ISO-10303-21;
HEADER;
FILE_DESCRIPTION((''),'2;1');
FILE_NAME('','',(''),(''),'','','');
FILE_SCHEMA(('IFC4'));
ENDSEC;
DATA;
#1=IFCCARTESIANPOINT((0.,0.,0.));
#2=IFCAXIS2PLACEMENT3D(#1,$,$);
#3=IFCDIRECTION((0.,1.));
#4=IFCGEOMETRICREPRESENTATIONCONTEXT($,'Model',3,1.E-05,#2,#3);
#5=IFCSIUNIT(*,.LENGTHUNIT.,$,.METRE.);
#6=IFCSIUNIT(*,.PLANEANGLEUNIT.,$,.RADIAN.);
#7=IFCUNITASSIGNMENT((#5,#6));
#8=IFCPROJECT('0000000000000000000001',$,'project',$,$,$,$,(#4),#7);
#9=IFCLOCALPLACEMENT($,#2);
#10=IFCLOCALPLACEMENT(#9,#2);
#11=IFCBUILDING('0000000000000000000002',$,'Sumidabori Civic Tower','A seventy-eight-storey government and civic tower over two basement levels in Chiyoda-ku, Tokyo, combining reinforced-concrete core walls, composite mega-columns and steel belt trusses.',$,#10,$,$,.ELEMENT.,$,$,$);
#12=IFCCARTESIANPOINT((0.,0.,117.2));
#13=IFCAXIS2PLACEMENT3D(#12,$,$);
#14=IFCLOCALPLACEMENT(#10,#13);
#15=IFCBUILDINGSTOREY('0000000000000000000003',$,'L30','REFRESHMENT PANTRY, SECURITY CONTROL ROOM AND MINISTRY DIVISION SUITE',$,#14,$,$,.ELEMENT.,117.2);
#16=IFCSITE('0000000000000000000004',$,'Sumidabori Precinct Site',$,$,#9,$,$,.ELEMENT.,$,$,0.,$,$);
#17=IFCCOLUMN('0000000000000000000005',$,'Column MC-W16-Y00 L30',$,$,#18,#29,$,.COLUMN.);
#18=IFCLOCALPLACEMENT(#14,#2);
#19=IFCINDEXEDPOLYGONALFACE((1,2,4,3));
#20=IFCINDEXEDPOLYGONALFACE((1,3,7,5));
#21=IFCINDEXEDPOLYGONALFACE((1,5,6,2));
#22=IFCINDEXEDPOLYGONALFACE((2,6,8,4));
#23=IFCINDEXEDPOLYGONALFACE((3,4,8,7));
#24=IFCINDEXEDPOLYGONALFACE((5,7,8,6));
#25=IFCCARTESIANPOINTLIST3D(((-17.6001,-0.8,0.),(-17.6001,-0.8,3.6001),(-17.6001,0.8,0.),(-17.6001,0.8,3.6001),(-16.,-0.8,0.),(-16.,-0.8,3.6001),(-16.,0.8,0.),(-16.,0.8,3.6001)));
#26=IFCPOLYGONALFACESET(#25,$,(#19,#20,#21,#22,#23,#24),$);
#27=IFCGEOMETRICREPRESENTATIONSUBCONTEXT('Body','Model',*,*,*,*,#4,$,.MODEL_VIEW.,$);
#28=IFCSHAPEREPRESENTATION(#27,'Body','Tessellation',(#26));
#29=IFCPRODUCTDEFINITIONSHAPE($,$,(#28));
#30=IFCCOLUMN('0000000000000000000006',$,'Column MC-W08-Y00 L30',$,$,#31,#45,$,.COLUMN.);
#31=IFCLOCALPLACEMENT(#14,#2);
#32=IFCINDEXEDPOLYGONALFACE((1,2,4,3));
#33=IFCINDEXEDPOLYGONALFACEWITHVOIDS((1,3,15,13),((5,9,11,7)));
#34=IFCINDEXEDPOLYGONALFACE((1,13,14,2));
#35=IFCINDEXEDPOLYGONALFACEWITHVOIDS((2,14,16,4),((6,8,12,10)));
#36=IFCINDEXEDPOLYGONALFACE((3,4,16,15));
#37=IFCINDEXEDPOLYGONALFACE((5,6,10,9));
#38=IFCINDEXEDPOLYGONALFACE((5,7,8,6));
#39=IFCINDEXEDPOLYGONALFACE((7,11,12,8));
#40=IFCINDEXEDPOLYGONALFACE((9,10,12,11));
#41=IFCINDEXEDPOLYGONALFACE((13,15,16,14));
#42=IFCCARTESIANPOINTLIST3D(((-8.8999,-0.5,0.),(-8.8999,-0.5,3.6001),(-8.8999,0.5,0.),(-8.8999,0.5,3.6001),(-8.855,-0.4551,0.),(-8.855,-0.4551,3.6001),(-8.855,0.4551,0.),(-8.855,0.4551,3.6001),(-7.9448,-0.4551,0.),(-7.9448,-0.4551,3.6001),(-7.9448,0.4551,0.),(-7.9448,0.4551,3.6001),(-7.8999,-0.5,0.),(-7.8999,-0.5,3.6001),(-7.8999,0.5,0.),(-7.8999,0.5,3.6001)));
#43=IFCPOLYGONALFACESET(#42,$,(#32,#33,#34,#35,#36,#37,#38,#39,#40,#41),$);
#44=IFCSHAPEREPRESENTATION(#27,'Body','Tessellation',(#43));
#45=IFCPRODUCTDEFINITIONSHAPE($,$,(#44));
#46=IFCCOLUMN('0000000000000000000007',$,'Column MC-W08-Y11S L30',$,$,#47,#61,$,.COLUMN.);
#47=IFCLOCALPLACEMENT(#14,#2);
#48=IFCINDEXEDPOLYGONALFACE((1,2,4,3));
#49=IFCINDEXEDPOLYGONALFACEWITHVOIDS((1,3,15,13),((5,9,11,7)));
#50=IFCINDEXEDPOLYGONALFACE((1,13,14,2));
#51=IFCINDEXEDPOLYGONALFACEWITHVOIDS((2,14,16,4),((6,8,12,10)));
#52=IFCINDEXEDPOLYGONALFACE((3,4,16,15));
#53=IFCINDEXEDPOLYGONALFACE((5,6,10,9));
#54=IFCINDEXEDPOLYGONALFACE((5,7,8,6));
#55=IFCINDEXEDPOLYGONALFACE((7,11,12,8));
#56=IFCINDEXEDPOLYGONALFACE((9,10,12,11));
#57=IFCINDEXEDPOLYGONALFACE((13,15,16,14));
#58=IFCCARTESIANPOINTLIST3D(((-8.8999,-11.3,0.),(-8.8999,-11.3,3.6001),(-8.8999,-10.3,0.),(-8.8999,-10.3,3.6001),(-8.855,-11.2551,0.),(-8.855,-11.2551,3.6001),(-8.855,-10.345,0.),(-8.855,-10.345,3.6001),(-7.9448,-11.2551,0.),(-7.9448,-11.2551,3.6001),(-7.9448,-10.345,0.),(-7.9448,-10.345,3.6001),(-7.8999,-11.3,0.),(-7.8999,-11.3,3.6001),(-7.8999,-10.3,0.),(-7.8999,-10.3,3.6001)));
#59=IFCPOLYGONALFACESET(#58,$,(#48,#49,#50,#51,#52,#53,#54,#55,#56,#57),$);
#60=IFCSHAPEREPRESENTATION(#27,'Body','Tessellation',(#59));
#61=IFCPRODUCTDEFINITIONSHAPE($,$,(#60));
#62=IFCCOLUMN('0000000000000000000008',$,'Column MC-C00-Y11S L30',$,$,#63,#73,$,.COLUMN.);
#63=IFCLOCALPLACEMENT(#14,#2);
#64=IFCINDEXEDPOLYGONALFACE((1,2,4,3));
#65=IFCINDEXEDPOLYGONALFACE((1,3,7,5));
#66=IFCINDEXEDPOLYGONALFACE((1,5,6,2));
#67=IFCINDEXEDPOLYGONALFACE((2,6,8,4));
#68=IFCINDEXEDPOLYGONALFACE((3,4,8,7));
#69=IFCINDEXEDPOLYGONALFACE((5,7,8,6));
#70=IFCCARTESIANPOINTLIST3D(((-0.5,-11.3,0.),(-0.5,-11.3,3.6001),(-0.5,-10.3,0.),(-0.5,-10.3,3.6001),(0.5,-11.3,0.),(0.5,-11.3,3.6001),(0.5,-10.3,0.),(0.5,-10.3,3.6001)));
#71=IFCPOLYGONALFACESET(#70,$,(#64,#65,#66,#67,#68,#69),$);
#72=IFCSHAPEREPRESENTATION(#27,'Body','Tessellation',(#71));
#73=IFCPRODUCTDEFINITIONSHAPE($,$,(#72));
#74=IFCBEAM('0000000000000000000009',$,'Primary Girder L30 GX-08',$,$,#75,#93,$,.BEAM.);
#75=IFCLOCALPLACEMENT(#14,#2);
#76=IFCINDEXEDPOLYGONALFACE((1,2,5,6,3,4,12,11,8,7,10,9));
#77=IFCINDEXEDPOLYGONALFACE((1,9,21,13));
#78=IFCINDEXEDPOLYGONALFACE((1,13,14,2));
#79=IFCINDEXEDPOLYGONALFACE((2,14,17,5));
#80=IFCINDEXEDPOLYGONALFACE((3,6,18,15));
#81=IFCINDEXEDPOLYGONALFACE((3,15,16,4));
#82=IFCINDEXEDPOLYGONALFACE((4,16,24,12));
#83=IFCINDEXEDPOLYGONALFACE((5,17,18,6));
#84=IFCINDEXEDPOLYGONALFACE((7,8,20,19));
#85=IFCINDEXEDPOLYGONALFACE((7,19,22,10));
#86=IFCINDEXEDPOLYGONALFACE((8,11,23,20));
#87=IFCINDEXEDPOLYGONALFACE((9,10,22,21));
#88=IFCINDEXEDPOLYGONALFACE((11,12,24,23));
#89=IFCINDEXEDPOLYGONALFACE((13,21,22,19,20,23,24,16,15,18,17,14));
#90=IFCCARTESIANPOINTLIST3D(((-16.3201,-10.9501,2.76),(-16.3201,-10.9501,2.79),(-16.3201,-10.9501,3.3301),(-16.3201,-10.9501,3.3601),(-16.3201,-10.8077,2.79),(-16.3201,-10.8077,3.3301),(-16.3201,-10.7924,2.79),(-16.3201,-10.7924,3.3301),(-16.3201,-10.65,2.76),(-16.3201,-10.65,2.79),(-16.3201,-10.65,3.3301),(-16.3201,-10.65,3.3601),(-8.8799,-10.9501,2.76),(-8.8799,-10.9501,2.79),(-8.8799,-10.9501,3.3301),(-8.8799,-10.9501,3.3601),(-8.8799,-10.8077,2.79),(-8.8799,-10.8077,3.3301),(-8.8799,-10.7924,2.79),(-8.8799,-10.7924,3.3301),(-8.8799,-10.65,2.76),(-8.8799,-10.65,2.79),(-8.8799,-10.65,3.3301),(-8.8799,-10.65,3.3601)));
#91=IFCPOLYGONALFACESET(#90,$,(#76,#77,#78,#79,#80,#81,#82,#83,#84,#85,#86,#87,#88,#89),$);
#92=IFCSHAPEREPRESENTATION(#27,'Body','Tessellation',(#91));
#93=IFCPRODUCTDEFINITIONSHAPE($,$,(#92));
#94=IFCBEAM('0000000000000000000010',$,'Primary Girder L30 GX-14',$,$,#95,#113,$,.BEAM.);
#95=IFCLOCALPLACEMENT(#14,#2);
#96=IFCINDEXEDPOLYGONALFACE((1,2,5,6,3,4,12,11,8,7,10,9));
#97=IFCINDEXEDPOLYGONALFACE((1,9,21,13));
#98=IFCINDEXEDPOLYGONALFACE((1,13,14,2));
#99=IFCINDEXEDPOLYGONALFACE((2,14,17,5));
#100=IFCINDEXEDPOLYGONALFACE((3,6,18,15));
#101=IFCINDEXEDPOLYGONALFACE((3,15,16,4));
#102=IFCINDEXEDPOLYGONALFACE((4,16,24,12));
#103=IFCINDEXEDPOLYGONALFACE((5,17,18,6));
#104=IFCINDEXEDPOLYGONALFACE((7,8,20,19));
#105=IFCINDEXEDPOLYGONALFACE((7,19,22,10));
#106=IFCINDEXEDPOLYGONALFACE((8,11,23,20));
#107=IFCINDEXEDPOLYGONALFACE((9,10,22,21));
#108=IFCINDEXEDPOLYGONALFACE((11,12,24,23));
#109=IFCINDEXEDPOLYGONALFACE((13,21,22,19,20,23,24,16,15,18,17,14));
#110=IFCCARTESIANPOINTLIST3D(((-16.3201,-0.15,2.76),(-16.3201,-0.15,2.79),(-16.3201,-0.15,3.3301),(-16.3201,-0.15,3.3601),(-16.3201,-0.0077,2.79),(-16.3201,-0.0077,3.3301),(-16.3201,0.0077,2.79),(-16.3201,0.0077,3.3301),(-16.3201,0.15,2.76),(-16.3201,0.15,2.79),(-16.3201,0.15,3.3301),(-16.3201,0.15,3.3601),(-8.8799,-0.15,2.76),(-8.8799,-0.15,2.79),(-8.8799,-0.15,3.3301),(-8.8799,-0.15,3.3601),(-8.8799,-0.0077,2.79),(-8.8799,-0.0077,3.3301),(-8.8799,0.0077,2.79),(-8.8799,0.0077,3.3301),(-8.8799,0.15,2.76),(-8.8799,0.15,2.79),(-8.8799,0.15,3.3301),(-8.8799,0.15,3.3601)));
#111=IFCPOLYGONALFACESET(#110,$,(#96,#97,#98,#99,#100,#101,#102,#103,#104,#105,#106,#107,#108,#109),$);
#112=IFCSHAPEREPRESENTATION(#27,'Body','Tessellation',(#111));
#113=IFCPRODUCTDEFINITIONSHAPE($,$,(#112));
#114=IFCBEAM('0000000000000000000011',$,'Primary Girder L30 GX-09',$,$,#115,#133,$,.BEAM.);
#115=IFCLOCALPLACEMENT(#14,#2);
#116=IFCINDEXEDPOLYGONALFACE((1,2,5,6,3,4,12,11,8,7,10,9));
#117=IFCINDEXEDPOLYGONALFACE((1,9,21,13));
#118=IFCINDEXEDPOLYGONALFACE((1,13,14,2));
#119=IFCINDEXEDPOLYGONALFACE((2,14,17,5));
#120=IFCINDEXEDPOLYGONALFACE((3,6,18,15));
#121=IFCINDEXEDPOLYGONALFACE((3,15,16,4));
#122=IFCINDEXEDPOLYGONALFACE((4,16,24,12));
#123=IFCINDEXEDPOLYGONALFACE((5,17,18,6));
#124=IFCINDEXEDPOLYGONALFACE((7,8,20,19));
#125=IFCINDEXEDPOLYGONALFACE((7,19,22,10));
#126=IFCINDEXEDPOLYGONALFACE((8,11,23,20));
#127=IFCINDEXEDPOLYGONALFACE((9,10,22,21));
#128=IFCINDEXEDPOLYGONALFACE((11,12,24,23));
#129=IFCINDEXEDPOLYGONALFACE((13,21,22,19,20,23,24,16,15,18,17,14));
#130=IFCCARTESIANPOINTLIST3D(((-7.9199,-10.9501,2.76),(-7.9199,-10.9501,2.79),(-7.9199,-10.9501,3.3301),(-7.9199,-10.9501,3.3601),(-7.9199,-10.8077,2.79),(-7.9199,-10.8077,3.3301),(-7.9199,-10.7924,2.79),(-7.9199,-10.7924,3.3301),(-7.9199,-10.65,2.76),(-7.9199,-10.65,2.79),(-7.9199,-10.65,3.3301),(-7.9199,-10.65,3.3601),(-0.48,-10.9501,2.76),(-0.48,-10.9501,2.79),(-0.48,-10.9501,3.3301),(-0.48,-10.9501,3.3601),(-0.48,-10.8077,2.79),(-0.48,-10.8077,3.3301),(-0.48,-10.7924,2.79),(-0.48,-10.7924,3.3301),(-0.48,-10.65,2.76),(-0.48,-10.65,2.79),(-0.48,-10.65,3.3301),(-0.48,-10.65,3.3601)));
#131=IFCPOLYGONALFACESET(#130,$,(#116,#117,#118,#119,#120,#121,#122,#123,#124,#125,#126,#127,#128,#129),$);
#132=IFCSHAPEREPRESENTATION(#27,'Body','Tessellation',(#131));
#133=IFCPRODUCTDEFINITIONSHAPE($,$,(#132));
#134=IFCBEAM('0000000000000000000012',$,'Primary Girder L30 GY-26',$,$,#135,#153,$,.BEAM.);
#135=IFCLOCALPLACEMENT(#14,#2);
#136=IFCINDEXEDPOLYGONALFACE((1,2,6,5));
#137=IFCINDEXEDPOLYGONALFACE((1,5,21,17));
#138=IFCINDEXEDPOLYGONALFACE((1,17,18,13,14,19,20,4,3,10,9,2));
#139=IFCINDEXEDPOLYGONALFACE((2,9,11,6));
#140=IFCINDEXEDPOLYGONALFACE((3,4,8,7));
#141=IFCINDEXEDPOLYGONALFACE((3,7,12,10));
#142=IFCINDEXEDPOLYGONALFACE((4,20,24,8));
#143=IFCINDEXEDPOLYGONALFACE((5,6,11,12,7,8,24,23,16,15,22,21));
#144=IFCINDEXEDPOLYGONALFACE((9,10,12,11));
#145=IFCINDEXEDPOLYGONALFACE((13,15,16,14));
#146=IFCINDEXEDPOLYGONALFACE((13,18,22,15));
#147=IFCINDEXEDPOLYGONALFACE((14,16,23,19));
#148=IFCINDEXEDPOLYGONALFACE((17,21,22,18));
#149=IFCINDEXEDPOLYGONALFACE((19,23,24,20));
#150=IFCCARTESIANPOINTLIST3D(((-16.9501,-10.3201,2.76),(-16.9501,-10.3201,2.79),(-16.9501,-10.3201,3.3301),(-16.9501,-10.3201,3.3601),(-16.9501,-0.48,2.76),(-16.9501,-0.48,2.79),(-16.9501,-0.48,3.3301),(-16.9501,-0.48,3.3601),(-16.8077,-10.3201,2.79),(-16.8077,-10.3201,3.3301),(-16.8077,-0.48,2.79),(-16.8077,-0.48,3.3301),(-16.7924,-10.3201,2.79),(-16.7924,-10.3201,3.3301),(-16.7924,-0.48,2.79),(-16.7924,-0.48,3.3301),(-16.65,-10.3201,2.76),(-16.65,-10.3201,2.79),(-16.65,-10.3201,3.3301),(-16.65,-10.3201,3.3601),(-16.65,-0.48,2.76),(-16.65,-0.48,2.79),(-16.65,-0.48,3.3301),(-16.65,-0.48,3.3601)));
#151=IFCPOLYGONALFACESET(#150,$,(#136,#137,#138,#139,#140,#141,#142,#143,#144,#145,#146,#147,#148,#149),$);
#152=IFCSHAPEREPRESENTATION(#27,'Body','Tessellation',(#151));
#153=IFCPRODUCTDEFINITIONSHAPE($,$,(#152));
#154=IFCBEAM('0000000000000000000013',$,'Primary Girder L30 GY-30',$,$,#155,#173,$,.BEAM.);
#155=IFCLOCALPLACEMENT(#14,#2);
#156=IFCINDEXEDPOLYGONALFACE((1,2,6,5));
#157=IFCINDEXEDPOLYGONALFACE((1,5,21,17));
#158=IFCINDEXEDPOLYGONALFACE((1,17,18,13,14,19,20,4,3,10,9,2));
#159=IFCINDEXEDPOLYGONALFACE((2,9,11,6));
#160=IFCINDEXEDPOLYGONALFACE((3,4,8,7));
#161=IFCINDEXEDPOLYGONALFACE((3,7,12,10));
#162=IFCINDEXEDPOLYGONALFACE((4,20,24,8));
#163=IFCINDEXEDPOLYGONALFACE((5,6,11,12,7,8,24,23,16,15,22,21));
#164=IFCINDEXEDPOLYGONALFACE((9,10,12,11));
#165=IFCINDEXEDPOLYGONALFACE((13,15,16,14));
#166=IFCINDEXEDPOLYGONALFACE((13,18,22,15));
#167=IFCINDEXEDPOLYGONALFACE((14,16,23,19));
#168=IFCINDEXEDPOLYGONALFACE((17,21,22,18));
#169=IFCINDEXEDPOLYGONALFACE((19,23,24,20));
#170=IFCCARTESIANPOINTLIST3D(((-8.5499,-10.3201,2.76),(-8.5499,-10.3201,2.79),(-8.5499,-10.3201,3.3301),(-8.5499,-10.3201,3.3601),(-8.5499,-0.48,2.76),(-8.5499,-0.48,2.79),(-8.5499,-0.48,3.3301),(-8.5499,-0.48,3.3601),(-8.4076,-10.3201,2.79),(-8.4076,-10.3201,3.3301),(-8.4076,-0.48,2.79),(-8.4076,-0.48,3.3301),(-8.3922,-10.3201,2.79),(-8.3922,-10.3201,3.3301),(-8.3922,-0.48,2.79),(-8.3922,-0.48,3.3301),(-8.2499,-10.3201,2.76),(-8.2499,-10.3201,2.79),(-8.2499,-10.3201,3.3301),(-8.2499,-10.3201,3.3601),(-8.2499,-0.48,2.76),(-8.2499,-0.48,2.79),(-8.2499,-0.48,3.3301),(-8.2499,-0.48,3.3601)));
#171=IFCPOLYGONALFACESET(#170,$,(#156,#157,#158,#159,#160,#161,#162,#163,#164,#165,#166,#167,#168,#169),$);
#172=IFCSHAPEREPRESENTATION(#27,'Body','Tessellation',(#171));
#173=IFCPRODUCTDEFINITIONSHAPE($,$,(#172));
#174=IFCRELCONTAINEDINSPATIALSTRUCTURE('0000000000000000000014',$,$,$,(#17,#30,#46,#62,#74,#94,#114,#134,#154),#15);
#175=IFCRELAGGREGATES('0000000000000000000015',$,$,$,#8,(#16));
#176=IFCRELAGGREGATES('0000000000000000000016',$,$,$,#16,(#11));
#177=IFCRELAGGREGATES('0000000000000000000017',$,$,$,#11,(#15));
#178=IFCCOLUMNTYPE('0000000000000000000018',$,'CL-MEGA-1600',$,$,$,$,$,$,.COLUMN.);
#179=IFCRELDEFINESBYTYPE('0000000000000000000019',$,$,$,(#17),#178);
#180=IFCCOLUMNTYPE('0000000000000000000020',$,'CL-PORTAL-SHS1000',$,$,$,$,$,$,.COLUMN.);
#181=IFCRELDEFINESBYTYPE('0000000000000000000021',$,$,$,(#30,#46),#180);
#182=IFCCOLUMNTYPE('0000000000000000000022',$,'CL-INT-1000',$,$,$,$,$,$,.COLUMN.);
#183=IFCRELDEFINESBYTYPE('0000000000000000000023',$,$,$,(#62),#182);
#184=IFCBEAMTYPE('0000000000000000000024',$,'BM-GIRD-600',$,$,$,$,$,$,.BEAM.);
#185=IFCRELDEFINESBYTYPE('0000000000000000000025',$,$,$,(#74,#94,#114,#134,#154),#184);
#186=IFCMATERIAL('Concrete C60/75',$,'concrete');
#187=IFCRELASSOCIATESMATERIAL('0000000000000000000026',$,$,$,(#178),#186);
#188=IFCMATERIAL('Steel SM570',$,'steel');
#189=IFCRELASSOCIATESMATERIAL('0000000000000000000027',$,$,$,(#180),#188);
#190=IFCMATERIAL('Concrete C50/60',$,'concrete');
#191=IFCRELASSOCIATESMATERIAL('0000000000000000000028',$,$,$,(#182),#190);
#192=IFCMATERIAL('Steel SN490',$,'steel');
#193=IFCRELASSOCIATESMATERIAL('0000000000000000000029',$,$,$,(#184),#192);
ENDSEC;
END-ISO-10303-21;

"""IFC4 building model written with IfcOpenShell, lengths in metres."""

from ifc_helpers import new_model, si_unit, direction, frame, origin, origin_2d, place, context, subcontext, project, spatial, rectangle, hollow_rectangle, i_section, extrude, source, transform, mapped, material, material_profile, profile_set, type_object, element, save


model = new_model("IFC4")

# Units and contexts
model_context = context("Model", 3, precision=1e-05, world=origin(), true_north=direction((0.0, 1.0)))
body_context = subcontext(model_context, "Body", "Model", "MODEL_VIEW")
ifc_project = project(units=[si_unit("LENGTHUNIT", "METRE"), si_unit("PLANEANGLEUNIT", "RADIAN")], contexts=[model_context])

# Site, building, storey
site_placement = place(None, origin())
site = spatial("IfcSite", under=ifc_project, at=site_placement, Name="Sumidabori Precinct Site", CompositionType="ELEMENT", RefElevation=0.0)
building_placement = place(site_placement, origin())
building = spatial("IfcBuilding", under=site, at=building_placement, Name="Sumidabori Civic Tower", Description="A seventy-eight-storey government and civic tower over two basement levels in Chiyoda-ku, Tokyo, combining reinforced-concrete core walls, composite mega-columns and steel belt trusses.", CompositionType="ELEMENT")
storey_placement = place(building_placement, frame((0.0, 0.0, 117.2)))
storey = spatial("IfcBuildingStorey", under=building, at=storey_placement, Name="L30", Description="REFRESHMENT PANTRY, SECURITY CONTROL ROOM AND MINISTRY DIVISION SUITE", CompositionType="ELEMENT", Elevation=117.2)

# Columns
ifc_material_1 = material(Name="Concrete C60/75", Category="concrete")
ifc_material_profile_1 = material_profile(ifc_material_1, rectangle(XDim=1.6001, YDim=1.6001, at=origin_2d()), Name="RC 1600x1600")
ifc_profile_set_1 = profile_set([ifc_material_profile_1], Name="Concrete C60/75")
column_type_1 = type_object("IfcColumnType", Name="CL-MEGA-1600", PredefinedType="COLUMN", material=ifc_profile_set_1)
shared_shape_1 = source(origin(), body_context, "Body", "SweptSolid", [
    extrude(rectangle(XDim=1.6001, YDim=1.6001, at=origin_2d()), origin(), (0.0, 0.0, 1.0), 3.6001),
])
column_1_placement = place(storey_placement, frame((-16.8, 0.0, 0.0), z_axis=(0.0, 0.0, 1.0), x_axis=(1.0, 0.0, 0.0)))
element("IfcColumn", 1, at=column_1_placement, inside=storey, type_object=column_type_1, Name="Column MC-W16-Y00 L30", PredefinedType="COLUMN", context=body_context, shape_type="MappedRepresentation", body=[
    mapped(shared_shape_1, transform((0.0, 0.0, 0.0), x_axis=(1.0, 0.0, 0.0), y_axis=(0.0, 1.0, 0.0), z_axis=(0.0, 0.0, 1.0), scale=1.0)),
])
ifc_material_2 = material(Name="Steel SM570", Category="steel")
ifc_material_profile_2 = material_profile(ifc_material_2, hollow_rectangle(XDim=1.0, YDim=1.0, WallThickness=0.0449, at=origin_2d()), Name="SHS 1000x1000x45")
ifc_profile_set_2 = profile_set([ifc_material_profile_2], Name="Steel SM570")
column_type_2 = type_object("IfcColumnType", Name="CL-PORTAL-SHS1000", PredefinedType="COLUMN", material=ifc_profile_set_2)
shared_shape_2 = source(origin(), body_context, "Body", "SweptSolid", [
    extrude(hollow_rectangle(XDim=1.0, YDim=1.0, WallThickness=0.0449, at=origin_2d()), origin(), (0.0, 0.0, 1.0), 3.6001),
])
for number, where, z_axis, x_axis, name in (
    (2, (-8.3999, 0.0, 0.0), (0.0, 0.0, 1.0), (1.0, 0.0, 0.0), "Column MC-W08-Y00 L30"),
    (3, (-8.3999, -10.8, 0.0), (0.0, 0.0, 1.0), (1.0, 0.0, 0.0), "Column MC-W08-Y11S L30"),
):
    element("IfcColumn", number, at=place(storey_placement, frame(where, z_axis=z_axis, x_axis=x_axis)), inside=storey, type_object=column_type_2, Name=name, PredefinedType="COLUMN", context=body_context, shape_type="MappedRepresentation", body=[
        mapped(shared_shape_2, transform((0.0, 0.0, 0.0), x_axis=(1.0, 0.0, 0.0), y_axis=(0.0, 1.0, 0.0), z_axis=(0.0, 0.0, 1.0), scale=1.0)),
    ])
ifc_material_3 = material(Name="Concrete C50/60", Category="concrete")
ifc_material_profile_3 = material_profile(ifc_material_3, rectangle(XDim=1.0, YDim=1.0, at=origin_2d()), Name="RC 1000x1000")
ifc_profile_set_3 = profile_set([ifc_material_profile_3], Name="Concrete C50/60")
column_type_3 = type_object("IfcColumnType", Name="CL-INT-1000", PredefinedType="COLUMN", material=ifc_profile_set_3)
shared_shape_3 = source(origin(), body_context, "Body", "SweptSolid", [
    extrude(rectangle(XDim=1.0, YDim=1.0, at=origin_2d()), origin(), (0.0, 0.0, 1.0), 3.6001),
])
column_2_placement = place(storey_placement, frame((0.0, -10.8, 0.0), z_axis=(0.0, 0.0, 1.0), x_axis=(1.0, 0.0, 0.0)))
element("IfcColumn", 4, at=column_2_placement, inside=storey, type_object=column_type_3, Name="Column MC-C00-Y11S L30", PredefinedType="COLUMN", context=body_context, shape_type="MappedRepresentation", body=[
    mapped(shared_shape_3, transform((0.0, 0.0, 0.0), x_axis=(1.0, 0.0, 0.0), y_axis=(0.0, 1.0, 0.0), z_axis=(0.0, 0.0, 1.0), scale=1.0)),
])

# Beams
ifc_material_4 = material(Name="Steel SN490", Category="steel")
ifc_material_profile_4 = material_profile(ifc_material_4, i_section(OverallWidth=0.3, OverallDepth=0.6001, WebThickness=0.0154, FlangeThickness=0.03, at=origin_2d()), Name="HE 600 B")
ifc_profile_set_4 = profile_set([ifc_material_profile_4], Name="Steel SN490")
beam_type_1 = type_object("IfcBeamType", Name="BM-GIRD-600", PredefinedType="BEAM", material=ifc_profile_set_4)
shared_shape_4 = source(origin(), body_context, "Body", "SweptSolid", [
    extrude(i_section(OverallWidth=0.3, OverallDepth=0.6001, WebThickness=0.0154, FlangeThickness=0.03, at=origin_2d()), origin(), (0.0, 0.0, 1.0), 7.4402),
])
for number, where, z_axis, x_axis, name in (
    (5, (-16.3201, -10.8, 3.0601), (1.0, 0.0, 0.0), (0.0, 1.0, 0.0), "Primary Girder L30 GX-08"),
    (6, (-16.3201, 0.0, 3.0601), (1.0, 0.0, 0.0), (0.0, 1.0, 0.0), "Primary Girder L30 GX-14"),
):
    element("IfcBeam", number, at=place(storey_placement, frame(where, z_axis=z_axis, x_axis=x_axis)), inside=storey, type_object=beam_type_1, Name=name, PredefinedType="BEAM", context=body_context, shape_type="MappedRepresentation", body=[
        mapped(shared_shape_4, transform((0.0, 0.0, 0.0), x_axis=(1.0, 0.0, 0.0), y_axis=(0.0, 1.0, 0.0), z_axis=(0.0, 0.0, 1.0), scale=1.0)),
    ])
shared_shape_5 = source(origin(), body_context, "Body", "SweptSolid", [
    extrude(i_section(OverallWidth=0.3, OverallDepth=0.6001, WebThickness=0.0154, FlangeThickness=0.03, at=origin_2d()), origin(), (0.0, 0.0, 1.0), 7.4399),
])
beam_placement = place(storey_placement, frame((-7.9199, -10.8, 3.0601), z_axis=(1.0, 0.0, 0.0), x_axis=(0.0, 1.0, 0.0)))
element("IfcBeam", 7, at=beam_placement, inside=storey, type_object=beam_type_1, Name="Primary Girder L30 GX-09", PredefinedType="BEAM", context=body_context, shape_type="MappedRepresentation", body=[
    mapped(shared_shape_5, transform((0.0, 0.0, 0.0), x_axis=(1.0, 0.0, 0.0), y_axis=(0.0, 1.0, 0.0), z_axis=(0.0, 0.0, 1.0), scale=1.0)),
])
shared_shape_6 = source(origin(), body_context, "Body", "SweptSolid", [
    extrude(i_section(OverallWidth=0.3, OverallDepth=0.6001, WebThickness=0.0154, FlangeThickness=0.03, at=origin_2d()), origin(), (0.0, 0.0, 1.0), 9.8401),
])
for number, where, z_axis, x_axis, name in (
    (8, (-16.8, -10.3201, 3.0601), (0.0, 1.0, 0.0), (-1.0, 0.0, 0.0), "Primary Girder L30 GY-26"),
    (9, (-8.3999, -10.3201, 3.0601), (0.0, 1.0, 0.0), (-1.0, 0.0, 0.0), "Primary Girder L30 GY-30"),
):
    element("IfcBeam", number, at=place(storey_placement, frame(where, z_axis=z_axis, x_axis=x_axis)), inside=storey, type_object=beam_type_1, Name=name, PredefinedType="BEAM", context=body_context, shape_type="MappedRepresentation", body=[
        mapped(shared_shape_6, transform((0.0, 0.0, 0.0), x_axis=(1.0, 0.0, 0.0), y_axis=(0.0, 1.0, 0.0), z_axis=(0.0, 0.0, 1.0), scale=1.0)),
    ])

save(model, "model.ifc")
